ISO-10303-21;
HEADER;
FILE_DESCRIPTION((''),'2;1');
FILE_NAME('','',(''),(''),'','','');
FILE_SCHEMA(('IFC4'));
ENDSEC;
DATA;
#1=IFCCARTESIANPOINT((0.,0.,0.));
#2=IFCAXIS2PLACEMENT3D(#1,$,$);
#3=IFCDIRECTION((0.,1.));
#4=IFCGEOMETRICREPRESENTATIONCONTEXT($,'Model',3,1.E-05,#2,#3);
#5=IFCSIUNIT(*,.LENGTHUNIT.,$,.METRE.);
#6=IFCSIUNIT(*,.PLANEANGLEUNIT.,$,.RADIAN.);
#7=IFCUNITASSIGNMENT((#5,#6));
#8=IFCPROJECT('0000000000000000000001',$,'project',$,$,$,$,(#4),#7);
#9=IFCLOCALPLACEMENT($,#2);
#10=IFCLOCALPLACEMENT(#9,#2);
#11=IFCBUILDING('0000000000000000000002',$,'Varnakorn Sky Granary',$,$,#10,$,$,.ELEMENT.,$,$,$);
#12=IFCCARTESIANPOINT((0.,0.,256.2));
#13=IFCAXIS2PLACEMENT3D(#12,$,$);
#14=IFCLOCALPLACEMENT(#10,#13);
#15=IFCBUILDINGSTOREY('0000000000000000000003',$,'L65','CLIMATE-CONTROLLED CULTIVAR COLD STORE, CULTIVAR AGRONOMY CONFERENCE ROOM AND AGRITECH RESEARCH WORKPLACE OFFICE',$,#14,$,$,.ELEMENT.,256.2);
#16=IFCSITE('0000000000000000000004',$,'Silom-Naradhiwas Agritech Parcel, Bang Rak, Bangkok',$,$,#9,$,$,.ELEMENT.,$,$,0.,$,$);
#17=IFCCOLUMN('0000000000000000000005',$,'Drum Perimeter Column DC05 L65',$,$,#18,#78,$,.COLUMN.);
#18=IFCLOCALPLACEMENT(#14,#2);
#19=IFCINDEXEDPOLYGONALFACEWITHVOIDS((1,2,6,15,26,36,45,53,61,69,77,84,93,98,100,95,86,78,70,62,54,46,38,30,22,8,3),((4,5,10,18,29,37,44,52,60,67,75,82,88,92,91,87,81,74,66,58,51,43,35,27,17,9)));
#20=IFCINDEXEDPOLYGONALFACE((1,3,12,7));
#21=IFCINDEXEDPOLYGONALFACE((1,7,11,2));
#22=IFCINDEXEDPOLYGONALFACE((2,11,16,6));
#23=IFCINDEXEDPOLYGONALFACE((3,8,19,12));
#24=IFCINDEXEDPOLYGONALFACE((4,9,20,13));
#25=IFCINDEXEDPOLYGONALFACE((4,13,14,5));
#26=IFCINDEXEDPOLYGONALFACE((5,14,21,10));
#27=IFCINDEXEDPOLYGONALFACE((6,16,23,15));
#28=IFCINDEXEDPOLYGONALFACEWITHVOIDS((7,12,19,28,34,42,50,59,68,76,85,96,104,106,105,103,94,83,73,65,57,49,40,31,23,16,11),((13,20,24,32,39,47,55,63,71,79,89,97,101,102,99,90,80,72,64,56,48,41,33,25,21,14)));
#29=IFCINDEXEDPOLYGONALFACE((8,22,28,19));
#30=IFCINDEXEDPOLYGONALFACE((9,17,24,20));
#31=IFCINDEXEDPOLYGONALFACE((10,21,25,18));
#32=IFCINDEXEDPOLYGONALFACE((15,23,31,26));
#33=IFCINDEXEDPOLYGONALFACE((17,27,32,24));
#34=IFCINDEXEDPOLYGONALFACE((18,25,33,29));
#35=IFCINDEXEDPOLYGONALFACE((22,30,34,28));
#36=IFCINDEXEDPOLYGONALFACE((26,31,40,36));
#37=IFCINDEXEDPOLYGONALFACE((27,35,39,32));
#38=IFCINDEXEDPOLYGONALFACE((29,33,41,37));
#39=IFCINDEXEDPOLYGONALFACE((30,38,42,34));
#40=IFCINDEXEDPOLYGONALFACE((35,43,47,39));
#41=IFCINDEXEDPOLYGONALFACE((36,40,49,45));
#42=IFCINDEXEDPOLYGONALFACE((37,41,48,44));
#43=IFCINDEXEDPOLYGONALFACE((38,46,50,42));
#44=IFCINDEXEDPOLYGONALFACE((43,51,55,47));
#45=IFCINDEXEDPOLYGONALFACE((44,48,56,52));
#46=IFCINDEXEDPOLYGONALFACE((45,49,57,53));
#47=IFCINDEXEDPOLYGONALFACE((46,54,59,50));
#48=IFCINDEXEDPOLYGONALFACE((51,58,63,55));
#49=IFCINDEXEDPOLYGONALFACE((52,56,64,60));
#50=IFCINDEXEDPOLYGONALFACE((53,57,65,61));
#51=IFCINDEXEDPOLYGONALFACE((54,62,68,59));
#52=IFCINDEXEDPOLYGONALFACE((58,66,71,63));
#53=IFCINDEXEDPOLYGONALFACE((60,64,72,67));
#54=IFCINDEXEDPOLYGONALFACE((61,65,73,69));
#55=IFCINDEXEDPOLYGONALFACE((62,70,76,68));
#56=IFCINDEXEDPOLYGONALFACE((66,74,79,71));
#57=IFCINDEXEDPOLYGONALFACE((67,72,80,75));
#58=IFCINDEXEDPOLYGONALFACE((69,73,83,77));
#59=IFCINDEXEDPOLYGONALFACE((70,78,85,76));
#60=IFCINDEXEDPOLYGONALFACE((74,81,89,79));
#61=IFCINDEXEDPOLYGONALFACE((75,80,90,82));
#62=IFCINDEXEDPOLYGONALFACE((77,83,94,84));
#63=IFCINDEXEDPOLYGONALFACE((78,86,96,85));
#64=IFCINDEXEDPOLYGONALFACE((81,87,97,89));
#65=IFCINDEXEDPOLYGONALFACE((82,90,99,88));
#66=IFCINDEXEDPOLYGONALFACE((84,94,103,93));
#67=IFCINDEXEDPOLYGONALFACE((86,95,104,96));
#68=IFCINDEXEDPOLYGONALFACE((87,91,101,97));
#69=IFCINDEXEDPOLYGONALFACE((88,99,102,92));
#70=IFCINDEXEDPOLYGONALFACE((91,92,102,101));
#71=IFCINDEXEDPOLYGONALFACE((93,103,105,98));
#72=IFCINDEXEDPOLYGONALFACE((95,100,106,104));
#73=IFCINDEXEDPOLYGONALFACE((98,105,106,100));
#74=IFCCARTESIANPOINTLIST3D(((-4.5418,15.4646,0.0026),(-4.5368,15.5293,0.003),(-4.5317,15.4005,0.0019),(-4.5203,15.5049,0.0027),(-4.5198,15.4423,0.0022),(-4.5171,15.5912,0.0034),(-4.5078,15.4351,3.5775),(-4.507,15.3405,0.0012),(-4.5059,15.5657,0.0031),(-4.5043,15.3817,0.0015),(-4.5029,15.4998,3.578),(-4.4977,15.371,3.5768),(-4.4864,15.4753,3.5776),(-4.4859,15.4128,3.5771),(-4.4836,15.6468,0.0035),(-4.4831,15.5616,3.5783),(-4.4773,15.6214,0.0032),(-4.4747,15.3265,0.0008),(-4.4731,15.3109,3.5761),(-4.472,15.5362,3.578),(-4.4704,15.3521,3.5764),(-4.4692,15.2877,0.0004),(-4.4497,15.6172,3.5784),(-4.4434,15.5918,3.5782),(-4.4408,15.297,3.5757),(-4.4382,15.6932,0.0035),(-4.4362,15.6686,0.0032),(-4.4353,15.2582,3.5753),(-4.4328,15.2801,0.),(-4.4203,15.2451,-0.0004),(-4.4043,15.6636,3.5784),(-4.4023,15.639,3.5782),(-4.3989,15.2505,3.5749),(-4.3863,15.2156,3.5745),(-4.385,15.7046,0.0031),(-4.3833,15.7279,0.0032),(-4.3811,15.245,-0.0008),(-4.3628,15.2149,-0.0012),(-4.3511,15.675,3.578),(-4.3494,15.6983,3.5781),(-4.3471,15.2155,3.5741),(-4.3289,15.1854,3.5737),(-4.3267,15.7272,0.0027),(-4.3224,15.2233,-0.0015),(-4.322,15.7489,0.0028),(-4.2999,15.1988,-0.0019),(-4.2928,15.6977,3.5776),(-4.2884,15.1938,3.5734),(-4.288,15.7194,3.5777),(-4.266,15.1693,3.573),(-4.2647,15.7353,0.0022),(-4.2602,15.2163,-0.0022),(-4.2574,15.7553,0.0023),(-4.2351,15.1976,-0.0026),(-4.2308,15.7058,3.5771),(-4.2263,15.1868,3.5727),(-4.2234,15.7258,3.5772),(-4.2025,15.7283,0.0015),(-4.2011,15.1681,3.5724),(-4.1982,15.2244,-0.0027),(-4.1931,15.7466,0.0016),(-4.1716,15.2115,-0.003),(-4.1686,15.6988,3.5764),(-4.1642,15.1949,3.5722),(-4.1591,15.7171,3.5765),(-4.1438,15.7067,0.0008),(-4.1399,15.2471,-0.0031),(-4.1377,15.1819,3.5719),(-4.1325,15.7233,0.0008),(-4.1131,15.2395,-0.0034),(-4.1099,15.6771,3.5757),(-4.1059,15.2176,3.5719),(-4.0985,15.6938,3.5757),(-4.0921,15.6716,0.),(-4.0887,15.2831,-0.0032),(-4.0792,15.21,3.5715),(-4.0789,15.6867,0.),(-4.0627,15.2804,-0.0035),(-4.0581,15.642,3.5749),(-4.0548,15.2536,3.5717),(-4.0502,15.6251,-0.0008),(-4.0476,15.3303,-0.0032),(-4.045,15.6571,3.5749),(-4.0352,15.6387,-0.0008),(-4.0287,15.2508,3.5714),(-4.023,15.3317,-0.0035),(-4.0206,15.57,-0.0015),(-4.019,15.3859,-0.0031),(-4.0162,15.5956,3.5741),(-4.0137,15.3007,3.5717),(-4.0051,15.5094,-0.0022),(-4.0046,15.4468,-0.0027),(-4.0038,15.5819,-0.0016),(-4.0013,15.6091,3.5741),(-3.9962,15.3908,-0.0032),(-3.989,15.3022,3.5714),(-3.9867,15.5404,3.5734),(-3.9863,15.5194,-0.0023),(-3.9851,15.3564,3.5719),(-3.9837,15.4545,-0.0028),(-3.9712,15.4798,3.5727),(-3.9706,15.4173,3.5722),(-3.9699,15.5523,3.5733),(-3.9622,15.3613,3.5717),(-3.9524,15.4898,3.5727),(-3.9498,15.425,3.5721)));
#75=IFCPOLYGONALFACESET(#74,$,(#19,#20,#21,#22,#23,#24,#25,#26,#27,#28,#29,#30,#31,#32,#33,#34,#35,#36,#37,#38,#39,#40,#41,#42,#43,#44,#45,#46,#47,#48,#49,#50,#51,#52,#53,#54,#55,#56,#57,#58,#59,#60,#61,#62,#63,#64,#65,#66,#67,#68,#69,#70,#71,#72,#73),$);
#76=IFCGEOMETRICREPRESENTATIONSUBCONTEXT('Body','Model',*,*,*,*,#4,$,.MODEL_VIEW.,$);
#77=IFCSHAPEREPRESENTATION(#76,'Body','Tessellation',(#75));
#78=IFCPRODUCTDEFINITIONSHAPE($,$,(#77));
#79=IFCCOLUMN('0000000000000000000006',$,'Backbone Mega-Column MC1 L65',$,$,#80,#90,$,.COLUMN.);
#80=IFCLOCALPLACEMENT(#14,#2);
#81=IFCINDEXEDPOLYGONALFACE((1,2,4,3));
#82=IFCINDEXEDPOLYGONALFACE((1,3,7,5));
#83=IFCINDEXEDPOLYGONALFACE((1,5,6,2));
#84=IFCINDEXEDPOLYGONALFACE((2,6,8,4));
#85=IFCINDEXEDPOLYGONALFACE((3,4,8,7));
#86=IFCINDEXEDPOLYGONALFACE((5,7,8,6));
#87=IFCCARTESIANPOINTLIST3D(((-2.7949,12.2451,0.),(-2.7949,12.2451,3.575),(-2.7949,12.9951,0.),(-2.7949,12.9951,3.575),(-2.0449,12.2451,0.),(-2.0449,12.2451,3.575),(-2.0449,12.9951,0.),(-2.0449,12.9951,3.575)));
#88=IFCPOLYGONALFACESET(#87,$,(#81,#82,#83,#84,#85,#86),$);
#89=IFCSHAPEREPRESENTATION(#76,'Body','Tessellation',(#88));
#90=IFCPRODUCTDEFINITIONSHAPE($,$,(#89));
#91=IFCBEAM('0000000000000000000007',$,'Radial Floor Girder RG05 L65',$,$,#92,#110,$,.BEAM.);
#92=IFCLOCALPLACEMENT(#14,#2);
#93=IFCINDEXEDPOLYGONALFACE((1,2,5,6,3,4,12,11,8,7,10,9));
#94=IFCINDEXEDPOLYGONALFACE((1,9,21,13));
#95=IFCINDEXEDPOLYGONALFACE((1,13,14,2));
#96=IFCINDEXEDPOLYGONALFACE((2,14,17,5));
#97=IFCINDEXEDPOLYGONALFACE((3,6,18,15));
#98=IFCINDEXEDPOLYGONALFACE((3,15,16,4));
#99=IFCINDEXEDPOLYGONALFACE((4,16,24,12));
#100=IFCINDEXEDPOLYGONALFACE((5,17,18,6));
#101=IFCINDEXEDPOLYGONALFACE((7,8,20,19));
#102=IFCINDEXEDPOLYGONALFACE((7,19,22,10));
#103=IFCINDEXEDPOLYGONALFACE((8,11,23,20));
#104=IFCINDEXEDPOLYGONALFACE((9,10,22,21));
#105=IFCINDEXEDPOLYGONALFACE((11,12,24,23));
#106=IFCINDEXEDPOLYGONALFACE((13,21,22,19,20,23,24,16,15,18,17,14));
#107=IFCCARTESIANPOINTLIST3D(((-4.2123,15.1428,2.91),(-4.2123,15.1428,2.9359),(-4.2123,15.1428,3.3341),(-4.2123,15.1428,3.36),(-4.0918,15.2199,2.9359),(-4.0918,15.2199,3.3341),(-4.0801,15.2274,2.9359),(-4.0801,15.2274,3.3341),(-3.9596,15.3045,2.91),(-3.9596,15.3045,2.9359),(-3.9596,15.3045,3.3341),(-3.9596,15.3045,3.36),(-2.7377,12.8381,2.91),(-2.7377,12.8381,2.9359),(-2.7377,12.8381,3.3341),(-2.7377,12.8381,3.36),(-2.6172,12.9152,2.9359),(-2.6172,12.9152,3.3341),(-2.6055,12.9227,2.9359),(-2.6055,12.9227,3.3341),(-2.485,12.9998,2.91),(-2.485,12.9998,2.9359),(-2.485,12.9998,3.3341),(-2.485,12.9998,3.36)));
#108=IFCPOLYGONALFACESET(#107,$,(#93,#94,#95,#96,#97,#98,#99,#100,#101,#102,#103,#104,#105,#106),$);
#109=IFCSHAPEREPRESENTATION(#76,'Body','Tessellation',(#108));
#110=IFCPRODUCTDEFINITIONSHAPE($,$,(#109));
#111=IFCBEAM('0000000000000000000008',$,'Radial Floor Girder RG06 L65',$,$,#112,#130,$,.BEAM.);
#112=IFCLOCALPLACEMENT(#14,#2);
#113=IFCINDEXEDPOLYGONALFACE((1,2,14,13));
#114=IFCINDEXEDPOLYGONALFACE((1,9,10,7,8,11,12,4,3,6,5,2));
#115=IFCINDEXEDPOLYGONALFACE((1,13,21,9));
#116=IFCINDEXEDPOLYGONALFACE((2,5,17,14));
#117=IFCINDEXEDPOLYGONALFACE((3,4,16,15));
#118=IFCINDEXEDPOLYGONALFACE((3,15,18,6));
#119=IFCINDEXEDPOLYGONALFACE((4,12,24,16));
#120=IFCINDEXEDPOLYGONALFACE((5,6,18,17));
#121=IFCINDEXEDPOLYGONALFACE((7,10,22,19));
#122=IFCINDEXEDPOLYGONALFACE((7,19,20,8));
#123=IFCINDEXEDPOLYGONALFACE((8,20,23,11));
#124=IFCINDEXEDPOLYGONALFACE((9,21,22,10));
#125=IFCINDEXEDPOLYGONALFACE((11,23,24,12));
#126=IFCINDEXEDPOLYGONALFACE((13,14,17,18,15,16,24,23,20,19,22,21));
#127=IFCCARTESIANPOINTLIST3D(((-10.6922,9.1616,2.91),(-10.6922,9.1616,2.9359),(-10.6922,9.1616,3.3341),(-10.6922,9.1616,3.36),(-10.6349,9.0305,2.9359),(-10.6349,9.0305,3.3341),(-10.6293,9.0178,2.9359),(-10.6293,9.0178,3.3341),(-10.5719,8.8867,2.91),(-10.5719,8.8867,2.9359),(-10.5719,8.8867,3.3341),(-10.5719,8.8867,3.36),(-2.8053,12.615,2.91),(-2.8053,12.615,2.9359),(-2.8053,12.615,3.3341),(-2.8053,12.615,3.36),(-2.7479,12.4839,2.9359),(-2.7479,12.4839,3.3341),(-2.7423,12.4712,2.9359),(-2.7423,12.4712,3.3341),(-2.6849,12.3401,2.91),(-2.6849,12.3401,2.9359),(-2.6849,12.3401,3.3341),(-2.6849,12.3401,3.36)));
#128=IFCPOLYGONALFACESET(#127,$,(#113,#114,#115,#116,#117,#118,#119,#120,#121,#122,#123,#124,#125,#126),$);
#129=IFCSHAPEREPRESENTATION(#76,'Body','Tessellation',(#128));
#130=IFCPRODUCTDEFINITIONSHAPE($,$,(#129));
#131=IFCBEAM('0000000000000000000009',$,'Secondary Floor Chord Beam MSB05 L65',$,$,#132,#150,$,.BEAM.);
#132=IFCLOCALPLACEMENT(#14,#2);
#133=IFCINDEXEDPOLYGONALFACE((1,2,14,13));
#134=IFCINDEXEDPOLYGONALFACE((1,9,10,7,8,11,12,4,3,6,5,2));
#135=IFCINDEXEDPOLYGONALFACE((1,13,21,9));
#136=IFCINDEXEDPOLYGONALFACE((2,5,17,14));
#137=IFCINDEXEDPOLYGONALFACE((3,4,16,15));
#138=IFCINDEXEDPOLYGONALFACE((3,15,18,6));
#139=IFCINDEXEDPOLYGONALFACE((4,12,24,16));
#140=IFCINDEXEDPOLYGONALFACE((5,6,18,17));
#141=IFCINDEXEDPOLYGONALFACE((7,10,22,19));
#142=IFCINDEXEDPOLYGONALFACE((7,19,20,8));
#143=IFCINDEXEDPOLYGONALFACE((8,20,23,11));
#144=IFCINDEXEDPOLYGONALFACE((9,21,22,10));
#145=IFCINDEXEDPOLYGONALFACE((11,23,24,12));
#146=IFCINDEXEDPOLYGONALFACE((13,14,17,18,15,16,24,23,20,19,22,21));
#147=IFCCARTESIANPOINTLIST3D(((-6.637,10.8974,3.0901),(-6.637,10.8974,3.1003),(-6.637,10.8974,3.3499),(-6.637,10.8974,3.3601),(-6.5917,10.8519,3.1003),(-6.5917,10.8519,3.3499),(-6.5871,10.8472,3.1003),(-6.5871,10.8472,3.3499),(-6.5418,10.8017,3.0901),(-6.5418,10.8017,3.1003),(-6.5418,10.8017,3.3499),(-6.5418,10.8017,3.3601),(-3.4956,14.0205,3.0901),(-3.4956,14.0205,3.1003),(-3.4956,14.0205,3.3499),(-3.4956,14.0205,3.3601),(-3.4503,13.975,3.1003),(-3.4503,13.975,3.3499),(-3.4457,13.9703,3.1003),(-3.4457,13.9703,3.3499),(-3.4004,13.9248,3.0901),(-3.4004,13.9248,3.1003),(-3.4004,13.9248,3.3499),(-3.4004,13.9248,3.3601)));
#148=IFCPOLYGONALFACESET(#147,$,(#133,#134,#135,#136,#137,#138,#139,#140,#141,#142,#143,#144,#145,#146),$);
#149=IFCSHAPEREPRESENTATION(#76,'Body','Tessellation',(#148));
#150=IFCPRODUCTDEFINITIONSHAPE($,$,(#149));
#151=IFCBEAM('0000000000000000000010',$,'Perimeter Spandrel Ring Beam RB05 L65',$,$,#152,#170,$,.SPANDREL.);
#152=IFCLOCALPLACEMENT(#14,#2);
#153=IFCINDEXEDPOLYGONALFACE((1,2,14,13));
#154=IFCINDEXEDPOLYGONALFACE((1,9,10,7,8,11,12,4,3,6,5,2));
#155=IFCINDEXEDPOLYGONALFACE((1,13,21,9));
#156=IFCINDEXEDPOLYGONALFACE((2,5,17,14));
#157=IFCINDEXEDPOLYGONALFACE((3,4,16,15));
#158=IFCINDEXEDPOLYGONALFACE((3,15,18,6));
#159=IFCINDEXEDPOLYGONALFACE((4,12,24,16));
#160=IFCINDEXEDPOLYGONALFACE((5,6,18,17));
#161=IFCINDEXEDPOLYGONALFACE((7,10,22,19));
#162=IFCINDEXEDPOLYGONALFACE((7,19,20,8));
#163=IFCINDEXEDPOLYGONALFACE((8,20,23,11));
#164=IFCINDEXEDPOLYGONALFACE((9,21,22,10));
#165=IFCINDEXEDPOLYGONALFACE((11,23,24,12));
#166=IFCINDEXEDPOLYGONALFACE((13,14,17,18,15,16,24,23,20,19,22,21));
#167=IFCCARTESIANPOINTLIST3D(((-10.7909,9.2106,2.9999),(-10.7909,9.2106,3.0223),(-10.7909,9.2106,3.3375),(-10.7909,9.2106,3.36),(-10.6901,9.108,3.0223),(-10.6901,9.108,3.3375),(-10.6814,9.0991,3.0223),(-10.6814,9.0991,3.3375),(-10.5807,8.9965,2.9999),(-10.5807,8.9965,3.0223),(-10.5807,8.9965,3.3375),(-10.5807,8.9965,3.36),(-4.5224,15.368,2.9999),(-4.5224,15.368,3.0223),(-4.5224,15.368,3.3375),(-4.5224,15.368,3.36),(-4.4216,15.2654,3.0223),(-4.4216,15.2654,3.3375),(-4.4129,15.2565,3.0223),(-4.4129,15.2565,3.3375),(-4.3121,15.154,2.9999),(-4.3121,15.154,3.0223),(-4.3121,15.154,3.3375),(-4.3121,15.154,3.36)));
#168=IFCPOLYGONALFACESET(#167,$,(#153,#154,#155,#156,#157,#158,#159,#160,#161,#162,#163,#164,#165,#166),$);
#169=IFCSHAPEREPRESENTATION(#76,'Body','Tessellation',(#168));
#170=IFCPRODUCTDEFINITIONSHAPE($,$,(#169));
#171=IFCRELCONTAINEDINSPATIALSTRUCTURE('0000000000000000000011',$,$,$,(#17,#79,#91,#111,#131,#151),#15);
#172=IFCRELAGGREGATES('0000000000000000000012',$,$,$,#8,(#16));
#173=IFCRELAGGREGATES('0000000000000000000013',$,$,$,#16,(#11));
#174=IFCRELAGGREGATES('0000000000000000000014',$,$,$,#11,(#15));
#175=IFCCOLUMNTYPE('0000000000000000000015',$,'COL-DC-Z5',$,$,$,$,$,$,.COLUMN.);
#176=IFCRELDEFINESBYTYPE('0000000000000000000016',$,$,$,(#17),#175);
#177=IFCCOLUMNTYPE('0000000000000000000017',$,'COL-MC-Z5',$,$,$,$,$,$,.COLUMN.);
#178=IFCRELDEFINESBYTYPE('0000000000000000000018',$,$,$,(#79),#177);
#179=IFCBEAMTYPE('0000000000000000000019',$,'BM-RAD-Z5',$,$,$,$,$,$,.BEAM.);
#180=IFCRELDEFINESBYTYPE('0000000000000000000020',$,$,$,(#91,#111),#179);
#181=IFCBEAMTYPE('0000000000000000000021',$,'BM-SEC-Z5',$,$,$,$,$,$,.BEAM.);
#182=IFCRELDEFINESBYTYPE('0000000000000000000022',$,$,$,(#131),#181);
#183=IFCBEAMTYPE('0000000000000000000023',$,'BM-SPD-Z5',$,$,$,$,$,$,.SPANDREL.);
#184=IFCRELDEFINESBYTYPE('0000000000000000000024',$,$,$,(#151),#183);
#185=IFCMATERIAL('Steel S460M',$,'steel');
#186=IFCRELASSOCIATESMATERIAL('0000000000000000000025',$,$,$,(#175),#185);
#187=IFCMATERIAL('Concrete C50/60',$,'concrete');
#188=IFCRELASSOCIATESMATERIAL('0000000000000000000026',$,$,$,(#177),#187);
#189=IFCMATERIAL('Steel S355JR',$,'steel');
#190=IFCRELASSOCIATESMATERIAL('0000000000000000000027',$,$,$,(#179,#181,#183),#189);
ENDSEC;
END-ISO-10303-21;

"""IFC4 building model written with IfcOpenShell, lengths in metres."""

from ifc_helpers import new_model, si_unit, direction, frame, origin, origin_2d, place, context, subcontext, project, spatial, rectangle, hollow_circle, i_section, extrude, material, material_profile, profile_set, type_object, element, save


model = new_model("IFC4")

# Units and contexts
model_context = context("Model", 3, precision=1e-05, world=origin(), true_north=direction((0.0, 1.0)))
body_context = subcontext(model_context, "Body", "Model", "MODEL_VIEW")
ifc_project = project(units=[si_unit("LENGTHUNIT", "METRE"), si_unit("PLANEANGLEUNIT", "RADIAN")], contexts=[model_context])

# Site, building, storey
site_placement = place(None, origin())
site = spatial("IfcSite", under=ifc_project, at=site_placement, Name="Silom-Naradhiwas Agritech Parcel, Bang Rak, Bangkok", CompositionType="ELEMENT", RefElevation=0.0)
building_placement = place(site_placement, origin())
building = spatial("IfcBuilding", under=site, at=building_placement, Name="Varnakorn Sky Granary", CompositionType="ELEMENT")
storey_placement = place(building_placement, frame((0.0, 0.0, 256.2)))
storey = spatial("IfcBuildingStorey", under=building, at=storey_placement, Name="L65", Description="CLIMATE-CONTROLLED CULTIVAR COLD STORE, CULTIVAR AGRONOMY CONFERENCE ROOM AND AGRITECH RESEARCH WORKPLACE OFFICE", CompositionType="ELEMENT", Elevation=256.2)

# Columns
ifc_material_1 = material(Name="Steel S460M", Category="steel")
ifc_material_profile_1 = material_profile(ifc_material_1, hollow_circle(Radius=0.2795, WallThickness=0.02, at=origin_2d()), Name="CHS 559x20")
ifc_profile_set_1 = profile_set([ifc_material_profile_1], Name="Steel S460M")
column_type_1 = type_object("IfcColumnType", Name="COL-DC-Z5", PredefinedType="COLUMN", material=ifc_profile_set_1)
column_1_placement = place(storey_placement, frame((-4.2625, 15.4758, 0.0), z_axis=(0.009492, -0.008263, 0.999921), x_axis=(0.656582, 0.754255, 0.0)))
element("IfcColumn", 1, at=column_1_placement, inside=storey, type_object=column_type_1, Name="Drum Perimeter Column DC05 L65", PredefinedType="COLUMN", context=body_context, shape_type="SweptSolid", body=[
    extrude(hollow_circle(Radius=0.2795, WallThickness=0.02, at=origin_2d()), origin(), (0.0, 0.0, 1.0), 3.5752),
])
ifc_material_2 = material(Name="Concrete C50/60", Category="concrete")
ifc_material_profile_2 = material_profile(ifc_material_2, rectangle(XDim=0.75, YDim=0.75, at=origin_2d()), Name="RC 750x750")
ifc_profile_set_2 = profile_set([ifc_material_profile_2], Name="Concrete C50/60")
column_type_2 = type_object("IfcColumnType", Name="COL-MC-Z5", PredefinedType="COLUMN", material=ifc_profile_set_2)
column_2_placement = place(storey_placement, frame((-2.4199, 12.6201, 0.0), z_axis=(0.0, 0.0, 1.0), x_axis=(1.0, 0.0, 0.0)))
element("IfcColumn", 2, at=column_2_placement, inside=storey, type_object=column_type_2, Name="Backbone Mega-Column MC1 L65", PredefinedType="COLUMN", context=body_context, shape_type="SweptSolid", body=[
    extrude(rectangle(XDim=0.75, YDim=0.75, at=origin_2d()), origin(), (0.0, 0.0, 1.0), 3.575),
])

# Beams
ifc_material_3 = material(Name="Steel S355JR", Category="steel")
ifc_material_profile_3 = material_profile(ifc_material_3, i_section(OverallWidth=0.3, OverallDepth=0.45, WebThickness=0.0139, FlangeThickness=0.0259, at=origin_2d()), Name="HE 450 B")
ifc_profile_set_3 = profile_set([ifc_material_profile_3], Name="Steel S355JR")
beam_type_1 = type_object("IfcBeamType", Name="BM-RAD-Z5", PredefinedType="BEAM", material=ifc_profile_set_3)
beam_1_placement = place(storey_placement, frame((-2.6113, 12.9189, 3.135), z_axis=(-0.538952, 0.842336, 0.0), x_axis=(-0.842336, -0.538952, 0.0)))
element("IfcBeam", 3, at=beam_1_placement, inside=storey, type_object=beam_type_1, Name="Radial Floor Girder RG05 L65", PredefinedType="BEAM", context=body_context, shape_type="SweptSolid", body=[
    extrude(i_section(OverallWidth=0.3, OverallDepth=0.45, WebThickness=0.0139, FlangeThickness=0.0259, at=origin_2d()), origin(), (0.0, 0.0, 1.0), 2.7361),
])
beam_2_placement = place(storey_placement, frame((-2.7451, 12.4775, 3.135), z_axis=(-0.916037, -0.401094, 0.0), x_axis=(0.401094, -0.916037, 0.0)))
element("IfcBeam", 4, at=beam_2_placement, inside=storey, type_object=beam_type_1, Name="Radial Floor Girder RG06 L65", PredefinedType="BEAM", context=body_context, shape_type="SweptSolid", body=[
    extrude(i_section(OverallWidth=0.3, OverallDepth=0.45, WebThickness=0.0139, FlangeThickness=0.0259, at=origin_2d()), origin(), (0.0, 0.0, 1.0), 8.6099),
])
ifc_material_profile_4 = material_profile(ifc_material_3, i_section(OverallWidth=0.135, OverallDepth=0.27, WebThickness=0.0066, FlangeThickness=0.0103, at=origin_2d()), Name="IPE 270")
ifc_profile_set_4 = profile_set([ifc_material_profile_4], Name="Steel S355JR")
beam_type_2 = type_object("IfcBeamType", Name="BM-SEC-Z5", PredefinedType="BEAM", material=ifc_profile_set_4)
beam_3_placement = place(storey_placement, frame((-3.448, 13.9727, 3.2251), z_axis=(-0.709171, -0.705037, 0.0), x_axis=(0.705037, -0.709171, 0.0)))
element("IfcBeam", 5, at=beam_3_placement, inside=storey, type_object=beam_type_2, Name="Secondary Floor Chord Beam MSB05 L65", PredefinedType="BEAM", context=body_context, shape_type="SweptSolid", body=[
    extrude(i_section(OverallWidth=0.135, OverallDepth=0.27, WebThickness=0.0066, FlangeThickness=0.0103, at=origin_2d()), origin(), (0.0, 0.0, 1.0), 4.4297),
])
ifc_material_profile_5 = material_profile(ifc_material_3, i_section(OverallWidth=0.3, OverallDepth=0.3601, WebThickness=0.0125, FlangeThickness=0.0225, at=origin_2d()), Name="HE 360 B")
ifc_profile_set_5 = profile_set([ifc_material_profile_5], Name="Steel S355JR")
beam_type_3 = type_object("IfcBeamType", Name="BM-SPD-Z5", PredefinedType="SPANDREL", material=ifc_profile_set_5)
beam_4_placement = place(storey_placement, frame((-4.4172, 15.261, 3.1799), z_axis=(-0.7134, -0.700758, 0.0), x_axis=(0.700758, -0.7134, 0.0)))
element("IfcBeam", 6, at=beam_4_placement, inside=storey, type_object=beam_type_3, Name="Perimeter Spandrel Ring Beam RB05 L65", PredefinedType="SPANDREL", context=body_context, shape_type="SweptSolid", body=[
    extrude(i_section(OverallWidth=0.3, OverallDepth=0.3601, WebThickness=0.0125, FlangeThickness=0.0225, at=origin_2d()), origin(), (0.0, 0.0, 1.0), 8.7869),
])

save(model, "model.ifc")
